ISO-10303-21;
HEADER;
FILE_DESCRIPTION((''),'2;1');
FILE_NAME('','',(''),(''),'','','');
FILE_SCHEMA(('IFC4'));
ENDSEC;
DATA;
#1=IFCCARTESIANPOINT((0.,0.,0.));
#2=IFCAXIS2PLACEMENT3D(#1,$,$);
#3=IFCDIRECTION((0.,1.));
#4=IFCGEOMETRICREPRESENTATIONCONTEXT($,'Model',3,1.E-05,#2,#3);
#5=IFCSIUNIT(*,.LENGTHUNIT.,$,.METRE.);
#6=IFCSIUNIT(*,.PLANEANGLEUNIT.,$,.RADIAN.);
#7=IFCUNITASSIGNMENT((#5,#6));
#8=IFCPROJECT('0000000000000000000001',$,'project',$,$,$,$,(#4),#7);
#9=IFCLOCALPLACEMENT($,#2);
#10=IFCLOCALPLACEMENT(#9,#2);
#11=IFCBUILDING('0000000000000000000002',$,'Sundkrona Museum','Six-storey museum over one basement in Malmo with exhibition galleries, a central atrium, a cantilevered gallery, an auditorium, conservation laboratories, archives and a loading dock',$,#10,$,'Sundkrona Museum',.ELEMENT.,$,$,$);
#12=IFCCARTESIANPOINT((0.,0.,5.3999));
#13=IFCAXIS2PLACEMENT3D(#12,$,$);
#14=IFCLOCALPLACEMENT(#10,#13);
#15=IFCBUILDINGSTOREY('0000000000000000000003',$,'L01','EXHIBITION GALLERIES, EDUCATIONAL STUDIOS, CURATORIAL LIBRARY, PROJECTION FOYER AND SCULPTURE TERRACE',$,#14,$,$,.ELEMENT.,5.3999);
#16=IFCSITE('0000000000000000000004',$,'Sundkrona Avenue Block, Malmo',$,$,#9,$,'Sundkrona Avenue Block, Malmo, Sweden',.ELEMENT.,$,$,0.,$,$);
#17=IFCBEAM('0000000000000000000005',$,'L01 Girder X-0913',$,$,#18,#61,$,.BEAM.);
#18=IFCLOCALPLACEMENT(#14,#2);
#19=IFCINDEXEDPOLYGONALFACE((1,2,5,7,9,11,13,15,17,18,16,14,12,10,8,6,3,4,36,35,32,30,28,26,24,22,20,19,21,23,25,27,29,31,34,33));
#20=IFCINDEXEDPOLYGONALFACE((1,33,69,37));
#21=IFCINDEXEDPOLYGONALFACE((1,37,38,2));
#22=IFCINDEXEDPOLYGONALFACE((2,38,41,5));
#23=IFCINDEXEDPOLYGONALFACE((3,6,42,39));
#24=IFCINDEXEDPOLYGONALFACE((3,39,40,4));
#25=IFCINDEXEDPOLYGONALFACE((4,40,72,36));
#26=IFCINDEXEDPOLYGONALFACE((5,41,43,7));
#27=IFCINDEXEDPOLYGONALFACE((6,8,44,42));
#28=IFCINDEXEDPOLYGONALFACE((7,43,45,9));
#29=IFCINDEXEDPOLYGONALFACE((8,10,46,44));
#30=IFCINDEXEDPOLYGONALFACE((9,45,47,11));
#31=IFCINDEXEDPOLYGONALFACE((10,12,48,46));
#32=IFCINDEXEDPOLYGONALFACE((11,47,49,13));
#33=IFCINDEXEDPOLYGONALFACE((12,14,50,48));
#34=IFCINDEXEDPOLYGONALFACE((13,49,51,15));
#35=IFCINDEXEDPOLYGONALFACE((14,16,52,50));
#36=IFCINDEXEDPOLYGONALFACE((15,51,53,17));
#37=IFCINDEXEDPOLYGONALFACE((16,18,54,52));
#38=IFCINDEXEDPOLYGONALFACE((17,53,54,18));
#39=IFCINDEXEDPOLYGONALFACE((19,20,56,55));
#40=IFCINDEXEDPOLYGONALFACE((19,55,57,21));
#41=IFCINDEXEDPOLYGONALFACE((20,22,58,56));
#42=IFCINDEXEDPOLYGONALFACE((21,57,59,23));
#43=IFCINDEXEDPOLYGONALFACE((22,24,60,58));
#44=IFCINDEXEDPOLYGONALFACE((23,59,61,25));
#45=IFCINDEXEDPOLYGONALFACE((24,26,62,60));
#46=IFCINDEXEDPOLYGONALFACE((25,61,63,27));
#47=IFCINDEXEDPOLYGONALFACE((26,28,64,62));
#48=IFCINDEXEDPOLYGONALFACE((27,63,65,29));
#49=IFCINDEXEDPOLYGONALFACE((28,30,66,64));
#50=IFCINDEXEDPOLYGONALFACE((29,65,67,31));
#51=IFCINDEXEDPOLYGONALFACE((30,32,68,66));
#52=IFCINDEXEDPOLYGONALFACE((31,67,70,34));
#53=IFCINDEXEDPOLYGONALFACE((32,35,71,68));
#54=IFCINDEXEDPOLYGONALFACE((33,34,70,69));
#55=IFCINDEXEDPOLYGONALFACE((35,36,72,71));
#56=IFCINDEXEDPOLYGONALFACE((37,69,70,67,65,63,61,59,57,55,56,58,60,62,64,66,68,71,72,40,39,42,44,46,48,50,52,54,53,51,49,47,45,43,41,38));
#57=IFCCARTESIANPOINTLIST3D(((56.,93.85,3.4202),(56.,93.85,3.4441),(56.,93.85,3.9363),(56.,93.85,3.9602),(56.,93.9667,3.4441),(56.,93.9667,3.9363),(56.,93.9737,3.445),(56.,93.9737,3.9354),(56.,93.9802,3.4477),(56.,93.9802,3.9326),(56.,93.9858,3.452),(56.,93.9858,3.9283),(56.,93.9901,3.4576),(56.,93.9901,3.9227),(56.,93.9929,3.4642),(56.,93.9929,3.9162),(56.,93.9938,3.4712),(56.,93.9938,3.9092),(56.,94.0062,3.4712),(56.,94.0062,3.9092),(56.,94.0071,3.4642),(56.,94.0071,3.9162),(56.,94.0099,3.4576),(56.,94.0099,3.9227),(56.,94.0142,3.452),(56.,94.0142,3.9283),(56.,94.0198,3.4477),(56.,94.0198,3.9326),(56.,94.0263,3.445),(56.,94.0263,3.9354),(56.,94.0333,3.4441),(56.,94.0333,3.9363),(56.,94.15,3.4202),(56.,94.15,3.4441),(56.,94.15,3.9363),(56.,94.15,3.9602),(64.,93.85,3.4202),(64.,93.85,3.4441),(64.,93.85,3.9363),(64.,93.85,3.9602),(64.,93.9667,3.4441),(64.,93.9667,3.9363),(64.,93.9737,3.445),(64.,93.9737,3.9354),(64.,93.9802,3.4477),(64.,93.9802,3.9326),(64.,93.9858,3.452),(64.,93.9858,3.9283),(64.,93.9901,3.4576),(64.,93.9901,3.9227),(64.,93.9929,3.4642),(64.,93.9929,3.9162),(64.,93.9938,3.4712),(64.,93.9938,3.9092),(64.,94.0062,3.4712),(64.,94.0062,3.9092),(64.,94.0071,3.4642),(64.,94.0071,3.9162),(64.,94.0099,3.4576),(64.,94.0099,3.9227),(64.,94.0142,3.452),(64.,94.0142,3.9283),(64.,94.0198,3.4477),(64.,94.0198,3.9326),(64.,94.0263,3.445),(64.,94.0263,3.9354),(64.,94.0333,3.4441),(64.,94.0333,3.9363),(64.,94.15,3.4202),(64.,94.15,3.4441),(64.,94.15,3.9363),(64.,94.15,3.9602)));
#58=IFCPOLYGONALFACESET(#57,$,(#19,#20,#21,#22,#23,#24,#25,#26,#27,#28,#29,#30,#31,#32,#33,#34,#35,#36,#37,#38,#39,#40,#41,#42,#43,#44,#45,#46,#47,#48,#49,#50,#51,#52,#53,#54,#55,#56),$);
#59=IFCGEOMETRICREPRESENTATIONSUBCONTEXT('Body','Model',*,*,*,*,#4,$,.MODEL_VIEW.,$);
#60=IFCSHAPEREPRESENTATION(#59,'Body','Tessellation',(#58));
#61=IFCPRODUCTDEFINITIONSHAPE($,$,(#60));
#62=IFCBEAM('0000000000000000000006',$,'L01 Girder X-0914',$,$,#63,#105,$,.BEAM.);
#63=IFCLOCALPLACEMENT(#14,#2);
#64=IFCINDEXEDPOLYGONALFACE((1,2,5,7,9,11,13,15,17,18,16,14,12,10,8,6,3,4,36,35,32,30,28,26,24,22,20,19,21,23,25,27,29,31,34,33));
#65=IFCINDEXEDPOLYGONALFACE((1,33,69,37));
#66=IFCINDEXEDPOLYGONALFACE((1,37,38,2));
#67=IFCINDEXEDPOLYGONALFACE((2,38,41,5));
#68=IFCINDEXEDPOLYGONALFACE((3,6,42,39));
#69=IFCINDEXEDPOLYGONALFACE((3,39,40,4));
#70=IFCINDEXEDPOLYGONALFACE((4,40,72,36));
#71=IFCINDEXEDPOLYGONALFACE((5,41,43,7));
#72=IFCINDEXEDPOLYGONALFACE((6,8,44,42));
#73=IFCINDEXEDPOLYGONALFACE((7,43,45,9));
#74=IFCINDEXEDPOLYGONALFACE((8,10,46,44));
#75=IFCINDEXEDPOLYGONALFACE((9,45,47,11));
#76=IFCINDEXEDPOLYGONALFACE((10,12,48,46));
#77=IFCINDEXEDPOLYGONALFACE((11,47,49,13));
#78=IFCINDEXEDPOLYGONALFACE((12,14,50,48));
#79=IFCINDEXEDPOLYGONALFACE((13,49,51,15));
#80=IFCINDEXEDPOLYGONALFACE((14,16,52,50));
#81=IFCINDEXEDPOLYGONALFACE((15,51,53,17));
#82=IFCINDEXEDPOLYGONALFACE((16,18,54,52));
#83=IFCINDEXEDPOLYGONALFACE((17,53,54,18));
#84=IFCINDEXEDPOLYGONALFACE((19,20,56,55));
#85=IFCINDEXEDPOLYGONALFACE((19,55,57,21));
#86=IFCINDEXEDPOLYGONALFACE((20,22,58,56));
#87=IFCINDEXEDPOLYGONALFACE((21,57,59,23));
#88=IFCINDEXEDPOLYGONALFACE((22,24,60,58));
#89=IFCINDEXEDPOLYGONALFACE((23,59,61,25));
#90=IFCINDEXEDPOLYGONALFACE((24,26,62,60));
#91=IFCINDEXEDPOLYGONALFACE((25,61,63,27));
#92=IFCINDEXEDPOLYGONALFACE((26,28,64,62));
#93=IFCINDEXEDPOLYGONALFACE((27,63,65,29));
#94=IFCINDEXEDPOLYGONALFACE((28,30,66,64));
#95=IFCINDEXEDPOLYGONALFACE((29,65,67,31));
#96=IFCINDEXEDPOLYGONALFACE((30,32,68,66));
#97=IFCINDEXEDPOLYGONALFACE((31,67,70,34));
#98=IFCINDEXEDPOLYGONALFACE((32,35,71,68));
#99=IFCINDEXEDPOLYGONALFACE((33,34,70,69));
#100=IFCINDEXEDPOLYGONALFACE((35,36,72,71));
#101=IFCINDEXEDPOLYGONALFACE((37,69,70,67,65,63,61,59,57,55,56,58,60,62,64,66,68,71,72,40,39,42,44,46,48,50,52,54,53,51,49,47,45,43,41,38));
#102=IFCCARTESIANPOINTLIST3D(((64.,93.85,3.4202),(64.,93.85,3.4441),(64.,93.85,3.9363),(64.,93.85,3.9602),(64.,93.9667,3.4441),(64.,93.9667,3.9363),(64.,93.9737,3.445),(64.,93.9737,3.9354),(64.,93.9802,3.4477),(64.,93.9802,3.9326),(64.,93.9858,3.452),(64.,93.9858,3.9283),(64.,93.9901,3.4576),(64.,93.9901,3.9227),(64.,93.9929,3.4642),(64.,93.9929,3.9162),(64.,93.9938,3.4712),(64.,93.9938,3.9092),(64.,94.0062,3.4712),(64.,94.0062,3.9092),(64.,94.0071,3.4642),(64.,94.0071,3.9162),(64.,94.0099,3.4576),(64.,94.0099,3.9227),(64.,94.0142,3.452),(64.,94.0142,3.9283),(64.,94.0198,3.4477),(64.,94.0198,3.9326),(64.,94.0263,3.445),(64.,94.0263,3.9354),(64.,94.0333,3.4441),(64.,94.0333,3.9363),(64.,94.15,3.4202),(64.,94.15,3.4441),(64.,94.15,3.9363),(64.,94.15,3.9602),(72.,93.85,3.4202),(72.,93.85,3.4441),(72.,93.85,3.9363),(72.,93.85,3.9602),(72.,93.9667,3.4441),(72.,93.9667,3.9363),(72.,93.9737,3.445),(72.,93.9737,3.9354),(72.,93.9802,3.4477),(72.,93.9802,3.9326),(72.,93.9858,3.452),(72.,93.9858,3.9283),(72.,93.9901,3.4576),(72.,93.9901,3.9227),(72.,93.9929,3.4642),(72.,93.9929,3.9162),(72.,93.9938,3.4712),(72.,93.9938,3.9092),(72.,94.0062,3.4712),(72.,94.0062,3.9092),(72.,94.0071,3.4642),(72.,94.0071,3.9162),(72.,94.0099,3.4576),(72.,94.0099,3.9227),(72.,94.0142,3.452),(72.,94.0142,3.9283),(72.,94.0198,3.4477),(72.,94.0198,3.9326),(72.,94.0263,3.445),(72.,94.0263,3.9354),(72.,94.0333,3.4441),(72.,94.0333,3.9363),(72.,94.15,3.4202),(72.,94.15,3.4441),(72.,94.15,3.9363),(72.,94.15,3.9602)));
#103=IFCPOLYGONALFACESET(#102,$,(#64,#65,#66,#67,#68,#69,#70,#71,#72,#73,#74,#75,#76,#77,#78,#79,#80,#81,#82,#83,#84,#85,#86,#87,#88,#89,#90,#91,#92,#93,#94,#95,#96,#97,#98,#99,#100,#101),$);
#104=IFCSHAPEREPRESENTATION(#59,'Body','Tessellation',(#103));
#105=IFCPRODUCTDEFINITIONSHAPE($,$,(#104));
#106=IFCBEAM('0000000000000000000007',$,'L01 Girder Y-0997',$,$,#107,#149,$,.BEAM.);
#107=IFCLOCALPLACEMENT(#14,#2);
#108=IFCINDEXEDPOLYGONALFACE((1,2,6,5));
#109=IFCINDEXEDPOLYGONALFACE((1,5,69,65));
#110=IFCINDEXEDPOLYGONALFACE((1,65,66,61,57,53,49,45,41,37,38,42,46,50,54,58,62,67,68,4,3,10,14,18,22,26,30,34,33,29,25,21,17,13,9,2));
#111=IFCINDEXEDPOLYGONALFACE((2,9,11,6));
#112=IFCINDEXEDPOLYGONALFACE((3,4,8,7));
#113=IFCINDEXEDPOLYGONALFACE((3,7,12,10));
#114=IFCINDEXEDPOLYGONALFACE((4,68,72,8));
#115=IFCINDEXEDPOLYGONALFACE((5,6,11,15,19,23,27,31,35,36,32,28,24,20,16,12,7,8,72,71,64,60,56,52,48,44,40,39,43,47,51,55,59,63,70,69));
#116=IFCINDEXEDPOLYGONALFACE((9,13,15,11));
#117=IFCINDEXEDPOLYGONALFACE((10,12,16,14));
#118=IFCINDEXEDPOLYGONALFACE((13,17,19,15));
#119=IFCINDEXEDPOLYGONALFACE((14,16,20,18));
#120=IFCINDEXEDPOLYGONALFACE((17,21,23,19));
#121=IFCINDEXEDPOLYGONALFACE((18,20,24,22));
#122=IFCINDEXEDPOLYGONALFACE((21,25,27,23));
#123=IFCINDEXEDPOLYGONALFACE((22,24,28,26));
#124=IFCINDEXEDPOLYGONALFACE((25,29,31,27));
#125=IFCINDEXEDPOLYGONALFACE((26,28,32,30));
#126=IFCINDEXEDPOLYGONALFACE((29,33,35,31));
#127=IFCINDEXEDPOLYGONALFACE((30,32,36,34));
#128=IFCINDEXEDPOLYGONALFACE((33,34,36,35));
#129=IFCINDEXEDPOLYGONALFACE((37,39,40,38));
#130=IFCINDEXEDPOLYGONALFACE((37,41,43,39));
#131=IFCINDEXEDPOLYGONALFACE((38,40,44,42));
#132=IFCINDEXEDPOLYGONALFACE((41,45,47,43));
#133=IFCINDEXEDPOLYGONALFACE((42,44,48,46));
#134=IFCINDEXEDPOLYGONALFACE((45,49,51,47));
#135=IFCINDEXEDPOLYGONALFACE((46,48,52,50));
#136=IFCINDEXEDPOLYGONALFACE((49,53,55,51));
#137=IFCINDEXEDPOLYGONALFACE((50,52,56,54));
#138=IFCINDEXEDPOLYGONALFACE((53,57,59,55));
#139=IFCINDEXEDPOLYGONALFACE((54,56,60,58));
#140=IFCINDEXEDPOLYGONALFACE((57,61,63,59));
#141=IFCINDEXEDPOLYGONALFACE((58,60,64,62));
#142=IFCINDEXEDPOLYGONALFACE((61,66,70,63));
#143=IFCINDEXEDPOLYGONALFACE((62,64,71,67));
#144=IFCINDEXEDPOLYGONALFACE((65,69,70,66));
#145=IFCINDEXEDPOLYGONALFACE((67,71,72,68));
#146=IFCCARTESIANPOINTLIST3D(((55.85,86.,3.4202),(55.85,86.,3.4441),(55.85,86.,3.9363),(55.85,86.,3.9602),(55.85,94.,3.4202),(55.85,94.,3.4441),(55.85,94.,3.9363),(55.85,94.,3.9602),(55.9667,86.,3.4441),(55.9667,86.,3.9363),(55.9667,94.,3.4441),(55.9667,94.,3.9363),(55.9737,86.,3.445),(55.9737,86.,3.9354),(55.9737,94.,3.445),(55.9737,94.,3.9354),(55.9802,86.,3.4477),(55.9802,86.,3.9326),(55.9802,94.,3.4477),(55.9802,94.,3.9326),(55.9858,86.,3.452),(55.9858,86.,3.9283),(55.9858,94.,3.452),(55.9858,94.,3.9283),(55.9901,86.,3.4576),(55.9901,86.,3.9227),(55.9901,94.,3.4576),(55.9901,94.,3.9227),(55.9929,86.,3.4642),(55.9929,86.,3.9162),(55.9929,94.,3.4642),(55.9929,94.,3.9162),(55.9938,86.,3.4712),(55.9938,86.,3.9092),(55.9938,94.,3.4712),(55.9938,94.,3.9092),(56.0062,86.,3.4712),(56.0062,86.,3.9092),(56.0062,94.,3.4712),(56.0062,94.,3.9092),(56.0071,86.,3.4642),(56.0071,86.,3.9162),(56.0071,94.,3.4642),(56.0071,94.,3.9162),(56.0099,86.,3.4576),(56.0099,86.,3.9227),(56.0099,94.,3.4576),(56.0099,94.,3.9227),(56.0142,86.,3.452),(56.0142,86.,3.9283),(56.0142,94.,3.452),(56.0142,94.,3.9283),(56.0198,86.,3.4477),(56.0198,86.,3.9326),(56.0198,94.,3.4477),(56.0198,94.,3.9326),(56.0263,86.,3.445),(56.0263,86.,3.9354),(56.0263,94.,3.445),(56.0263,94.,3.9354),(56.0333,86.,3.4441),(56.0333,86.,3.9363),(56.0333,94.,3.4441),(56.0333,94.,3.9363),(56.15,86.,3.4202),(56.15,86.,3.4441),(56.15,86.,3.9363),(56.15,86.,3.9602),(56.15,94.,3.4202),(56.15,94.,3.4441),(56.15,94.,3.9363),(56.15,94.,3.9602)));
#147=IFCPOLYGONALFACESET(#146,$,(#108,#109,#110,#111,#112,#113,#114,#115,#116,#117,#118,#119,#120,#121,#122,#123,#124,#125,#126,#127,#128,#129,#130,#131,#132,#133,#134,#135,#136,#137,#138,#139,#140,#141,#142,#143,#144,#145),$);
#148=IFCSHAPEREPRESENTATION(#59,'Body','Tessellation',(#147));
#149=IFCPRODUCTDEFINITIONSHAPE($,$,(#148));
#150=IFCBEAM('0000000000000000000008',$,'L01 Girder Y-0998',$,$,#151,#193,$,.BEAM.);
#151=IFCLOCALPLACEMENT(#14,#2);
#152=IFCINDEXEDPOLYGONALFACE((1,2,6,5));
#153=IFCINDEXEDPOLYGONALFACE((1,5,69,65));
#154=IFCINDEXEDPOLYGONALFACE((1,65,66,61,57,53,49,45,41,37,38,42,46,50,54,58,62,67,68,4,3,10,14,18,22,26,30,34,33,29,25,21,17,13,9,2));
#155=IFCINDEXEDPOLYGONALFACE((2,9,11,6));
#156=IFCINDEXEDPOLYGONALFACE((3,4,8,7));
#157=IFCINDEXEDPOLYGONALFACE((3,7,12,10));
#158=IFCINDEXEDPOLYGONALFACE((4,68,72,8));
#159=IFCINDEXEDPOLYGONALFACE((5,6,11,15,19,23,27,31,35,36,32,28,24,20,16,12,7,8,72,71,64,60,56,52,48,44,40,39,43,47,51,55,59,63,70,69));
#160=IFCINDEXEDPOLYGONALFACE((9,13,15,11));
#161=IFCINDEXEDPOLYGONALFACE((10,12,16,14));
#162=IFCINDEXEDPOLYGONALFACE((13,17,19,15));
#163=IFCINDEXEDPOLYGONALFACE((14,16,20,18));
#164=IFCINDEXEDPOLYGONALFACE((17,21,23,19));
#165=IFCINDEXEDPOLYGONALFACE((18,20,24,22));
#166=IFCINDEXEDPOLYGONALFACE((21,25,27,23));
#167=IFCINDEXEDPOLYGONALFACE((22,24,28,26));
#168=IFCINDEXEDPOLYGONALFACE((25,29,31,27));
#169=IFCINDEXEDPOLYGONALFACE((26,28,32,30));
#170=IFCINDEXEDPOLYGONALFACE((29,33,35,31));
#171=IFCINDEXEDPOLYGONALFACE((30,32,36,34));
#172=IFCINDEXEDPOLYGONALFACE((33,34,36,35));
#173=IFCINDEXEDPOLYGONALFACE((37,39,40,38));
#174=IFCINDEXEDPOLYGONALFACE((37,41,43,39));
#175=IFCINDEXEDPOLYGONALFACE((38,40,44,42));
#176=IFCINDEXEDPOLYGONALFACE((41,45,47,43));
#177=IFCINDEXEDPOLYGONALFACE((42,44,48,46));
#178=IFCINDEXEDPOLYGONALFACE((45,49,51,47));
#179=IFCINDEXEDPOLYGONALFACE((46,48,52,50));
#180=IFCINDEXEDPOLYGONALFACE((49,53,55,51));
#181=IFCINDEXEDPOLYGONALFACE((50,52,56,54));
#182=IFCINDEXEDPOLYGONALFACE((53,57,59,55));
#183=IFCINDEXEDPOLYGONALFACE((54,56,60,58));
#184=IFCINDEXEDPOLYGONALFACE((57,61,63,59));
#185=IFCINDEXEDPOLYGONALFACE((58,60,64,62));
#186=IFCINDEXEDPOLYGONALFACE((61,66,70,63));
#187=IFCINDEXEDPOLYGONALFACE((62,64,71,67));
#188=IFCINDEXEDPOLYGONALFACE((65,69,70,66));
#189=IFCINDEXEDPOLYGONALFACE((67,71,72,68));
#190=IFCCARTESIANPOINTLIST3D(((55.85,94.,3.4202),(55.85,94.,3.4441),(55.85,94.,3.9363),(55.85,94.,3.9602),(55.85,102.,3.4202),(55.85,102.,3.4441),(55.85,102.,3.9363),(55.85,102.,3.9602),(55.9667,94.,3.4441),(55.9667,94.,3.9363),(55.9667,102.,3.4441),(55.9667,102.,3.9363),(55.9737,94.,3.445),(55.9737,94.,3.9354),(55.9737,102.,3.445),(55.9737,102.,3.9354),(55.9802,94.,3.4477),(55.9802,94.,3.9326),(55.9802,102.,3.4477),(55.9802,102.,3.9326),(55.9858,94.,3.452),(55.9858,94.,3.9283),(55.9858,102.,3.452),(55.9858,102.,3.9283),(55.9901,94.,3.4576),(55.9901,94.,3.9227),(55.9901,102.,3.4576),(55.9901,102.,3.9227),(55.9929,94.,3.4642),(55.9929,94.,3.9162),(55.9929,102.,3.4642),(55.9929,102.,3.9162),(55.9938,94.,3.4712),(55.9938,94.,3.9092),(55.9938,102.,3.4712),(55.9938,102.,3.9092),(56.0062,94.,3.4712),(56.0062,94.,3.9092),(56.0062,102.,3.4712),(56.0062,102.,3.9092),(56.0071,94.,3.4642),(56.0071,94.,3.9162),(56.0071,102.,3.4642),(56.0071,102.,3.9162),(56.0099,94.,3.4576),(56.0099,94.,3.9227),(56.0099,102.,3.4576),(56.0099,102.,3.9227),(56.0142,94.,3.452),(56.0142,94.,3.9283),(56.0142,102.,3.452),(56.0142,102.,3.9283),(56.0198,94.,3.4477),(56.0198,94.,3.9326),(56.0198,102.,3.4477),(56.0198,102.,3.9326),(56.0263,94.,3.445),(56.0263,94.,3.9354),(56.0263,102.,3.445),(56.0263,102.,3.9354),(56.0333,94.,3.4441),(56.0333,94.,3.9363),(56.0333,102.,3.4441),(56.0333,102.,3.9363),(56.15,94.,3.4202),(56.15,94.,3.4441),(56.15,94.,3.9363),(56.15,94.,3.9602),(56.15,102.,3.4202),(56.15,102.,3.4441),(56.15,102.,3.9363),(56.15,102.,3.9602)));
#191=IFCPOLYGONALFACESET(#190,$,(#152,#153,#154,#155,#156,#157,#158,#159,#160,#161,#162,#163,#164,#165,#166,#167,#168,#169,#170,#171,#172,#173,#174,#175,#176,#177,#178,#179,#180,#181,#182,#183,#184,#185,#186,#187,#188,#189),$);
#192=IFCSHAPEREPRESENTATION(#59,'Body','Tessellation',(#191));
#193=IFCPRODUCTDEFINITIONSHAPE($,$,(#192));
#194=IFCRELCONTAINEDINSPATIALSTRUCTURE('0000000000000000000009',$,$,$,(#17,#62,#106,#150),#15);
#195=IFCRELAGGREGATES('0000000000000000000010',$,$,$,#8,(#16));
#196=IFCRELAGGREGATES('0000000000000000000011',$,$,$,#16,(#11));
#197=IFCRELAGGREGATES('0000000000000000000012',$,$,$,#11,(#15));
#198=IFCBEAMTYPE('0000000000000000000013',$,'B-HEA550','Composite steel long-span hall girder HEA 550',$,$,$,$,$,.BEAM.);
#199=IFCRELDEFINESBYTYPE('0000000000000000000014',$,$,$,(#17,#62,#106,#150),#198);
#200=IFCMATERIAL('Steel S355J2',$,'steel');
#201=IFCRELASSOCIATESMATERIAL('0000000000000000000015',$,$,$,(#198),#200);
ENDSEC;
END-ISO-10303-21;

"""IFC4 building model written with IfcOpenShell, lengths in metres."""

from ifc_helpers import new_model, si_unit, direction, frame, origin, origin_2d, place, context, subcontext, project, spatial, i_section, extrude, material, material_profile, profile_set, type_object, element, save


model = new_model("IFC4")

# Units and contexts
model_context = context("Model", 3, precision=1e-05, world=origin(), true_north=direction((0.0, 1.0)))
body_context = subcontext(model_context, "Body", "Model", "MODEL_VIEW")
ifc_project = project(units=[si_unit("LENGTHUNIT", "METRE"), si_unit("PLANEANGLEUNIT", "RADIAN")], contexts=[model_context])

# Site, building, storey
site_placement = place(None, origin())
site = spatial("IfcSite", under=ifc_project, at=site_placement, Name="Sundkrona Avenue Block, Malmo", LongName="Sundkrona Avenue Block, Malmo, Sweden", CompositionType="ELEMENT", RefElevation=0.0)
building_placement = place(site_placement, origin())
building = spatial("IfcBuilding", under=site, at=building_placement, Name="Sundkrona Museum", Description="Six-storey museum over one basement in Malmo with exhibition galleries, a central atrium, a cantilevered gallery, an auditorium, conservation laboratories, archives and a loading dock", LongName="Sundkrona Museum", CompositionType="ELEMENT")
storey_placement = place(building_placement, frame((0.0, 0.0, 5.3999)))
storey = spatial("IfcBuildingStorey", under=building, at=storey_placement, Name="L01", Description="EXHIBITION GALLERIES, EDUCATIONAL STUDIOS, CURATORIAL LIBRARY, PROJECTION FOYER AND SCULPTURE TERRACE", CompositionType="ELEMENT", Elevation=5.3999)

# Shared definitions
ifc_material_1 = material(Name="Steel S355J2", Category="steel")

# Beams
ifc_material_profile_1 = material_profile(ifc_material_1, i_section(OverallWidth=0.3, OverallDepth=0.54, WebThickness=0.0125, FlangeThickness=0.0239, FilletRadius=0.0271, at=origin_2d()), Name="HEA 550")
ifc_profile_set_1 = profile_set([ifc_material_profile_1], Name="Steel S355J2")
beam_type_1 = type_object("IfcBeamType", Name="B-HEA550", Description="Composite steel long-span hall girder HEA 550", PredefinedType="BEAM", material=ifc_profile_set_1)
for number, where, z_axis, x_axis, name in (
    (1, (56.0, 94.0, 3.6902), (1.0, 0.0, 0.0), (0.0, 1.0, 0.0), "L01 Girder X-0913"),
    (2, (64.0, 94.0, 3.6902), (1.0, 0.0, 0.0), (0.0, 1.0, 0.0), "L01 Girder X-0914"),
    (3, (56.0, 86.0, 3.6902), (0.0, 1.0, 0.0), (-1.0, 0.0, 0.0), "L01 Girder Y-0997"),
    (4, (56.0, 94.0, 3.6902), (0.0, 1.0, 0.0), (-1.0, 0.0, 0.0), "L01 Girder Y-0998"),
):
    element("IfcBeam", number, at=place(storey_placement, frame(where, z_axis=z_axis, x_axis=x_axis)), inside=storey, type_object=beam_type_1, Name=name, PredefinedType="BEAM", context=body_context, shape_type="SweptSolid", body=[
        extrude(i_section(OverallWidth=0.3, OverallDepth=0.54, WebThickness=0.0125, FlangeThickness=0.0239, FilletRadius=0.0271, at=origin_2d()), origin(), (0.0, 0.0, 1.0), 8.0),
    ])

save(model, "model.ifc")
